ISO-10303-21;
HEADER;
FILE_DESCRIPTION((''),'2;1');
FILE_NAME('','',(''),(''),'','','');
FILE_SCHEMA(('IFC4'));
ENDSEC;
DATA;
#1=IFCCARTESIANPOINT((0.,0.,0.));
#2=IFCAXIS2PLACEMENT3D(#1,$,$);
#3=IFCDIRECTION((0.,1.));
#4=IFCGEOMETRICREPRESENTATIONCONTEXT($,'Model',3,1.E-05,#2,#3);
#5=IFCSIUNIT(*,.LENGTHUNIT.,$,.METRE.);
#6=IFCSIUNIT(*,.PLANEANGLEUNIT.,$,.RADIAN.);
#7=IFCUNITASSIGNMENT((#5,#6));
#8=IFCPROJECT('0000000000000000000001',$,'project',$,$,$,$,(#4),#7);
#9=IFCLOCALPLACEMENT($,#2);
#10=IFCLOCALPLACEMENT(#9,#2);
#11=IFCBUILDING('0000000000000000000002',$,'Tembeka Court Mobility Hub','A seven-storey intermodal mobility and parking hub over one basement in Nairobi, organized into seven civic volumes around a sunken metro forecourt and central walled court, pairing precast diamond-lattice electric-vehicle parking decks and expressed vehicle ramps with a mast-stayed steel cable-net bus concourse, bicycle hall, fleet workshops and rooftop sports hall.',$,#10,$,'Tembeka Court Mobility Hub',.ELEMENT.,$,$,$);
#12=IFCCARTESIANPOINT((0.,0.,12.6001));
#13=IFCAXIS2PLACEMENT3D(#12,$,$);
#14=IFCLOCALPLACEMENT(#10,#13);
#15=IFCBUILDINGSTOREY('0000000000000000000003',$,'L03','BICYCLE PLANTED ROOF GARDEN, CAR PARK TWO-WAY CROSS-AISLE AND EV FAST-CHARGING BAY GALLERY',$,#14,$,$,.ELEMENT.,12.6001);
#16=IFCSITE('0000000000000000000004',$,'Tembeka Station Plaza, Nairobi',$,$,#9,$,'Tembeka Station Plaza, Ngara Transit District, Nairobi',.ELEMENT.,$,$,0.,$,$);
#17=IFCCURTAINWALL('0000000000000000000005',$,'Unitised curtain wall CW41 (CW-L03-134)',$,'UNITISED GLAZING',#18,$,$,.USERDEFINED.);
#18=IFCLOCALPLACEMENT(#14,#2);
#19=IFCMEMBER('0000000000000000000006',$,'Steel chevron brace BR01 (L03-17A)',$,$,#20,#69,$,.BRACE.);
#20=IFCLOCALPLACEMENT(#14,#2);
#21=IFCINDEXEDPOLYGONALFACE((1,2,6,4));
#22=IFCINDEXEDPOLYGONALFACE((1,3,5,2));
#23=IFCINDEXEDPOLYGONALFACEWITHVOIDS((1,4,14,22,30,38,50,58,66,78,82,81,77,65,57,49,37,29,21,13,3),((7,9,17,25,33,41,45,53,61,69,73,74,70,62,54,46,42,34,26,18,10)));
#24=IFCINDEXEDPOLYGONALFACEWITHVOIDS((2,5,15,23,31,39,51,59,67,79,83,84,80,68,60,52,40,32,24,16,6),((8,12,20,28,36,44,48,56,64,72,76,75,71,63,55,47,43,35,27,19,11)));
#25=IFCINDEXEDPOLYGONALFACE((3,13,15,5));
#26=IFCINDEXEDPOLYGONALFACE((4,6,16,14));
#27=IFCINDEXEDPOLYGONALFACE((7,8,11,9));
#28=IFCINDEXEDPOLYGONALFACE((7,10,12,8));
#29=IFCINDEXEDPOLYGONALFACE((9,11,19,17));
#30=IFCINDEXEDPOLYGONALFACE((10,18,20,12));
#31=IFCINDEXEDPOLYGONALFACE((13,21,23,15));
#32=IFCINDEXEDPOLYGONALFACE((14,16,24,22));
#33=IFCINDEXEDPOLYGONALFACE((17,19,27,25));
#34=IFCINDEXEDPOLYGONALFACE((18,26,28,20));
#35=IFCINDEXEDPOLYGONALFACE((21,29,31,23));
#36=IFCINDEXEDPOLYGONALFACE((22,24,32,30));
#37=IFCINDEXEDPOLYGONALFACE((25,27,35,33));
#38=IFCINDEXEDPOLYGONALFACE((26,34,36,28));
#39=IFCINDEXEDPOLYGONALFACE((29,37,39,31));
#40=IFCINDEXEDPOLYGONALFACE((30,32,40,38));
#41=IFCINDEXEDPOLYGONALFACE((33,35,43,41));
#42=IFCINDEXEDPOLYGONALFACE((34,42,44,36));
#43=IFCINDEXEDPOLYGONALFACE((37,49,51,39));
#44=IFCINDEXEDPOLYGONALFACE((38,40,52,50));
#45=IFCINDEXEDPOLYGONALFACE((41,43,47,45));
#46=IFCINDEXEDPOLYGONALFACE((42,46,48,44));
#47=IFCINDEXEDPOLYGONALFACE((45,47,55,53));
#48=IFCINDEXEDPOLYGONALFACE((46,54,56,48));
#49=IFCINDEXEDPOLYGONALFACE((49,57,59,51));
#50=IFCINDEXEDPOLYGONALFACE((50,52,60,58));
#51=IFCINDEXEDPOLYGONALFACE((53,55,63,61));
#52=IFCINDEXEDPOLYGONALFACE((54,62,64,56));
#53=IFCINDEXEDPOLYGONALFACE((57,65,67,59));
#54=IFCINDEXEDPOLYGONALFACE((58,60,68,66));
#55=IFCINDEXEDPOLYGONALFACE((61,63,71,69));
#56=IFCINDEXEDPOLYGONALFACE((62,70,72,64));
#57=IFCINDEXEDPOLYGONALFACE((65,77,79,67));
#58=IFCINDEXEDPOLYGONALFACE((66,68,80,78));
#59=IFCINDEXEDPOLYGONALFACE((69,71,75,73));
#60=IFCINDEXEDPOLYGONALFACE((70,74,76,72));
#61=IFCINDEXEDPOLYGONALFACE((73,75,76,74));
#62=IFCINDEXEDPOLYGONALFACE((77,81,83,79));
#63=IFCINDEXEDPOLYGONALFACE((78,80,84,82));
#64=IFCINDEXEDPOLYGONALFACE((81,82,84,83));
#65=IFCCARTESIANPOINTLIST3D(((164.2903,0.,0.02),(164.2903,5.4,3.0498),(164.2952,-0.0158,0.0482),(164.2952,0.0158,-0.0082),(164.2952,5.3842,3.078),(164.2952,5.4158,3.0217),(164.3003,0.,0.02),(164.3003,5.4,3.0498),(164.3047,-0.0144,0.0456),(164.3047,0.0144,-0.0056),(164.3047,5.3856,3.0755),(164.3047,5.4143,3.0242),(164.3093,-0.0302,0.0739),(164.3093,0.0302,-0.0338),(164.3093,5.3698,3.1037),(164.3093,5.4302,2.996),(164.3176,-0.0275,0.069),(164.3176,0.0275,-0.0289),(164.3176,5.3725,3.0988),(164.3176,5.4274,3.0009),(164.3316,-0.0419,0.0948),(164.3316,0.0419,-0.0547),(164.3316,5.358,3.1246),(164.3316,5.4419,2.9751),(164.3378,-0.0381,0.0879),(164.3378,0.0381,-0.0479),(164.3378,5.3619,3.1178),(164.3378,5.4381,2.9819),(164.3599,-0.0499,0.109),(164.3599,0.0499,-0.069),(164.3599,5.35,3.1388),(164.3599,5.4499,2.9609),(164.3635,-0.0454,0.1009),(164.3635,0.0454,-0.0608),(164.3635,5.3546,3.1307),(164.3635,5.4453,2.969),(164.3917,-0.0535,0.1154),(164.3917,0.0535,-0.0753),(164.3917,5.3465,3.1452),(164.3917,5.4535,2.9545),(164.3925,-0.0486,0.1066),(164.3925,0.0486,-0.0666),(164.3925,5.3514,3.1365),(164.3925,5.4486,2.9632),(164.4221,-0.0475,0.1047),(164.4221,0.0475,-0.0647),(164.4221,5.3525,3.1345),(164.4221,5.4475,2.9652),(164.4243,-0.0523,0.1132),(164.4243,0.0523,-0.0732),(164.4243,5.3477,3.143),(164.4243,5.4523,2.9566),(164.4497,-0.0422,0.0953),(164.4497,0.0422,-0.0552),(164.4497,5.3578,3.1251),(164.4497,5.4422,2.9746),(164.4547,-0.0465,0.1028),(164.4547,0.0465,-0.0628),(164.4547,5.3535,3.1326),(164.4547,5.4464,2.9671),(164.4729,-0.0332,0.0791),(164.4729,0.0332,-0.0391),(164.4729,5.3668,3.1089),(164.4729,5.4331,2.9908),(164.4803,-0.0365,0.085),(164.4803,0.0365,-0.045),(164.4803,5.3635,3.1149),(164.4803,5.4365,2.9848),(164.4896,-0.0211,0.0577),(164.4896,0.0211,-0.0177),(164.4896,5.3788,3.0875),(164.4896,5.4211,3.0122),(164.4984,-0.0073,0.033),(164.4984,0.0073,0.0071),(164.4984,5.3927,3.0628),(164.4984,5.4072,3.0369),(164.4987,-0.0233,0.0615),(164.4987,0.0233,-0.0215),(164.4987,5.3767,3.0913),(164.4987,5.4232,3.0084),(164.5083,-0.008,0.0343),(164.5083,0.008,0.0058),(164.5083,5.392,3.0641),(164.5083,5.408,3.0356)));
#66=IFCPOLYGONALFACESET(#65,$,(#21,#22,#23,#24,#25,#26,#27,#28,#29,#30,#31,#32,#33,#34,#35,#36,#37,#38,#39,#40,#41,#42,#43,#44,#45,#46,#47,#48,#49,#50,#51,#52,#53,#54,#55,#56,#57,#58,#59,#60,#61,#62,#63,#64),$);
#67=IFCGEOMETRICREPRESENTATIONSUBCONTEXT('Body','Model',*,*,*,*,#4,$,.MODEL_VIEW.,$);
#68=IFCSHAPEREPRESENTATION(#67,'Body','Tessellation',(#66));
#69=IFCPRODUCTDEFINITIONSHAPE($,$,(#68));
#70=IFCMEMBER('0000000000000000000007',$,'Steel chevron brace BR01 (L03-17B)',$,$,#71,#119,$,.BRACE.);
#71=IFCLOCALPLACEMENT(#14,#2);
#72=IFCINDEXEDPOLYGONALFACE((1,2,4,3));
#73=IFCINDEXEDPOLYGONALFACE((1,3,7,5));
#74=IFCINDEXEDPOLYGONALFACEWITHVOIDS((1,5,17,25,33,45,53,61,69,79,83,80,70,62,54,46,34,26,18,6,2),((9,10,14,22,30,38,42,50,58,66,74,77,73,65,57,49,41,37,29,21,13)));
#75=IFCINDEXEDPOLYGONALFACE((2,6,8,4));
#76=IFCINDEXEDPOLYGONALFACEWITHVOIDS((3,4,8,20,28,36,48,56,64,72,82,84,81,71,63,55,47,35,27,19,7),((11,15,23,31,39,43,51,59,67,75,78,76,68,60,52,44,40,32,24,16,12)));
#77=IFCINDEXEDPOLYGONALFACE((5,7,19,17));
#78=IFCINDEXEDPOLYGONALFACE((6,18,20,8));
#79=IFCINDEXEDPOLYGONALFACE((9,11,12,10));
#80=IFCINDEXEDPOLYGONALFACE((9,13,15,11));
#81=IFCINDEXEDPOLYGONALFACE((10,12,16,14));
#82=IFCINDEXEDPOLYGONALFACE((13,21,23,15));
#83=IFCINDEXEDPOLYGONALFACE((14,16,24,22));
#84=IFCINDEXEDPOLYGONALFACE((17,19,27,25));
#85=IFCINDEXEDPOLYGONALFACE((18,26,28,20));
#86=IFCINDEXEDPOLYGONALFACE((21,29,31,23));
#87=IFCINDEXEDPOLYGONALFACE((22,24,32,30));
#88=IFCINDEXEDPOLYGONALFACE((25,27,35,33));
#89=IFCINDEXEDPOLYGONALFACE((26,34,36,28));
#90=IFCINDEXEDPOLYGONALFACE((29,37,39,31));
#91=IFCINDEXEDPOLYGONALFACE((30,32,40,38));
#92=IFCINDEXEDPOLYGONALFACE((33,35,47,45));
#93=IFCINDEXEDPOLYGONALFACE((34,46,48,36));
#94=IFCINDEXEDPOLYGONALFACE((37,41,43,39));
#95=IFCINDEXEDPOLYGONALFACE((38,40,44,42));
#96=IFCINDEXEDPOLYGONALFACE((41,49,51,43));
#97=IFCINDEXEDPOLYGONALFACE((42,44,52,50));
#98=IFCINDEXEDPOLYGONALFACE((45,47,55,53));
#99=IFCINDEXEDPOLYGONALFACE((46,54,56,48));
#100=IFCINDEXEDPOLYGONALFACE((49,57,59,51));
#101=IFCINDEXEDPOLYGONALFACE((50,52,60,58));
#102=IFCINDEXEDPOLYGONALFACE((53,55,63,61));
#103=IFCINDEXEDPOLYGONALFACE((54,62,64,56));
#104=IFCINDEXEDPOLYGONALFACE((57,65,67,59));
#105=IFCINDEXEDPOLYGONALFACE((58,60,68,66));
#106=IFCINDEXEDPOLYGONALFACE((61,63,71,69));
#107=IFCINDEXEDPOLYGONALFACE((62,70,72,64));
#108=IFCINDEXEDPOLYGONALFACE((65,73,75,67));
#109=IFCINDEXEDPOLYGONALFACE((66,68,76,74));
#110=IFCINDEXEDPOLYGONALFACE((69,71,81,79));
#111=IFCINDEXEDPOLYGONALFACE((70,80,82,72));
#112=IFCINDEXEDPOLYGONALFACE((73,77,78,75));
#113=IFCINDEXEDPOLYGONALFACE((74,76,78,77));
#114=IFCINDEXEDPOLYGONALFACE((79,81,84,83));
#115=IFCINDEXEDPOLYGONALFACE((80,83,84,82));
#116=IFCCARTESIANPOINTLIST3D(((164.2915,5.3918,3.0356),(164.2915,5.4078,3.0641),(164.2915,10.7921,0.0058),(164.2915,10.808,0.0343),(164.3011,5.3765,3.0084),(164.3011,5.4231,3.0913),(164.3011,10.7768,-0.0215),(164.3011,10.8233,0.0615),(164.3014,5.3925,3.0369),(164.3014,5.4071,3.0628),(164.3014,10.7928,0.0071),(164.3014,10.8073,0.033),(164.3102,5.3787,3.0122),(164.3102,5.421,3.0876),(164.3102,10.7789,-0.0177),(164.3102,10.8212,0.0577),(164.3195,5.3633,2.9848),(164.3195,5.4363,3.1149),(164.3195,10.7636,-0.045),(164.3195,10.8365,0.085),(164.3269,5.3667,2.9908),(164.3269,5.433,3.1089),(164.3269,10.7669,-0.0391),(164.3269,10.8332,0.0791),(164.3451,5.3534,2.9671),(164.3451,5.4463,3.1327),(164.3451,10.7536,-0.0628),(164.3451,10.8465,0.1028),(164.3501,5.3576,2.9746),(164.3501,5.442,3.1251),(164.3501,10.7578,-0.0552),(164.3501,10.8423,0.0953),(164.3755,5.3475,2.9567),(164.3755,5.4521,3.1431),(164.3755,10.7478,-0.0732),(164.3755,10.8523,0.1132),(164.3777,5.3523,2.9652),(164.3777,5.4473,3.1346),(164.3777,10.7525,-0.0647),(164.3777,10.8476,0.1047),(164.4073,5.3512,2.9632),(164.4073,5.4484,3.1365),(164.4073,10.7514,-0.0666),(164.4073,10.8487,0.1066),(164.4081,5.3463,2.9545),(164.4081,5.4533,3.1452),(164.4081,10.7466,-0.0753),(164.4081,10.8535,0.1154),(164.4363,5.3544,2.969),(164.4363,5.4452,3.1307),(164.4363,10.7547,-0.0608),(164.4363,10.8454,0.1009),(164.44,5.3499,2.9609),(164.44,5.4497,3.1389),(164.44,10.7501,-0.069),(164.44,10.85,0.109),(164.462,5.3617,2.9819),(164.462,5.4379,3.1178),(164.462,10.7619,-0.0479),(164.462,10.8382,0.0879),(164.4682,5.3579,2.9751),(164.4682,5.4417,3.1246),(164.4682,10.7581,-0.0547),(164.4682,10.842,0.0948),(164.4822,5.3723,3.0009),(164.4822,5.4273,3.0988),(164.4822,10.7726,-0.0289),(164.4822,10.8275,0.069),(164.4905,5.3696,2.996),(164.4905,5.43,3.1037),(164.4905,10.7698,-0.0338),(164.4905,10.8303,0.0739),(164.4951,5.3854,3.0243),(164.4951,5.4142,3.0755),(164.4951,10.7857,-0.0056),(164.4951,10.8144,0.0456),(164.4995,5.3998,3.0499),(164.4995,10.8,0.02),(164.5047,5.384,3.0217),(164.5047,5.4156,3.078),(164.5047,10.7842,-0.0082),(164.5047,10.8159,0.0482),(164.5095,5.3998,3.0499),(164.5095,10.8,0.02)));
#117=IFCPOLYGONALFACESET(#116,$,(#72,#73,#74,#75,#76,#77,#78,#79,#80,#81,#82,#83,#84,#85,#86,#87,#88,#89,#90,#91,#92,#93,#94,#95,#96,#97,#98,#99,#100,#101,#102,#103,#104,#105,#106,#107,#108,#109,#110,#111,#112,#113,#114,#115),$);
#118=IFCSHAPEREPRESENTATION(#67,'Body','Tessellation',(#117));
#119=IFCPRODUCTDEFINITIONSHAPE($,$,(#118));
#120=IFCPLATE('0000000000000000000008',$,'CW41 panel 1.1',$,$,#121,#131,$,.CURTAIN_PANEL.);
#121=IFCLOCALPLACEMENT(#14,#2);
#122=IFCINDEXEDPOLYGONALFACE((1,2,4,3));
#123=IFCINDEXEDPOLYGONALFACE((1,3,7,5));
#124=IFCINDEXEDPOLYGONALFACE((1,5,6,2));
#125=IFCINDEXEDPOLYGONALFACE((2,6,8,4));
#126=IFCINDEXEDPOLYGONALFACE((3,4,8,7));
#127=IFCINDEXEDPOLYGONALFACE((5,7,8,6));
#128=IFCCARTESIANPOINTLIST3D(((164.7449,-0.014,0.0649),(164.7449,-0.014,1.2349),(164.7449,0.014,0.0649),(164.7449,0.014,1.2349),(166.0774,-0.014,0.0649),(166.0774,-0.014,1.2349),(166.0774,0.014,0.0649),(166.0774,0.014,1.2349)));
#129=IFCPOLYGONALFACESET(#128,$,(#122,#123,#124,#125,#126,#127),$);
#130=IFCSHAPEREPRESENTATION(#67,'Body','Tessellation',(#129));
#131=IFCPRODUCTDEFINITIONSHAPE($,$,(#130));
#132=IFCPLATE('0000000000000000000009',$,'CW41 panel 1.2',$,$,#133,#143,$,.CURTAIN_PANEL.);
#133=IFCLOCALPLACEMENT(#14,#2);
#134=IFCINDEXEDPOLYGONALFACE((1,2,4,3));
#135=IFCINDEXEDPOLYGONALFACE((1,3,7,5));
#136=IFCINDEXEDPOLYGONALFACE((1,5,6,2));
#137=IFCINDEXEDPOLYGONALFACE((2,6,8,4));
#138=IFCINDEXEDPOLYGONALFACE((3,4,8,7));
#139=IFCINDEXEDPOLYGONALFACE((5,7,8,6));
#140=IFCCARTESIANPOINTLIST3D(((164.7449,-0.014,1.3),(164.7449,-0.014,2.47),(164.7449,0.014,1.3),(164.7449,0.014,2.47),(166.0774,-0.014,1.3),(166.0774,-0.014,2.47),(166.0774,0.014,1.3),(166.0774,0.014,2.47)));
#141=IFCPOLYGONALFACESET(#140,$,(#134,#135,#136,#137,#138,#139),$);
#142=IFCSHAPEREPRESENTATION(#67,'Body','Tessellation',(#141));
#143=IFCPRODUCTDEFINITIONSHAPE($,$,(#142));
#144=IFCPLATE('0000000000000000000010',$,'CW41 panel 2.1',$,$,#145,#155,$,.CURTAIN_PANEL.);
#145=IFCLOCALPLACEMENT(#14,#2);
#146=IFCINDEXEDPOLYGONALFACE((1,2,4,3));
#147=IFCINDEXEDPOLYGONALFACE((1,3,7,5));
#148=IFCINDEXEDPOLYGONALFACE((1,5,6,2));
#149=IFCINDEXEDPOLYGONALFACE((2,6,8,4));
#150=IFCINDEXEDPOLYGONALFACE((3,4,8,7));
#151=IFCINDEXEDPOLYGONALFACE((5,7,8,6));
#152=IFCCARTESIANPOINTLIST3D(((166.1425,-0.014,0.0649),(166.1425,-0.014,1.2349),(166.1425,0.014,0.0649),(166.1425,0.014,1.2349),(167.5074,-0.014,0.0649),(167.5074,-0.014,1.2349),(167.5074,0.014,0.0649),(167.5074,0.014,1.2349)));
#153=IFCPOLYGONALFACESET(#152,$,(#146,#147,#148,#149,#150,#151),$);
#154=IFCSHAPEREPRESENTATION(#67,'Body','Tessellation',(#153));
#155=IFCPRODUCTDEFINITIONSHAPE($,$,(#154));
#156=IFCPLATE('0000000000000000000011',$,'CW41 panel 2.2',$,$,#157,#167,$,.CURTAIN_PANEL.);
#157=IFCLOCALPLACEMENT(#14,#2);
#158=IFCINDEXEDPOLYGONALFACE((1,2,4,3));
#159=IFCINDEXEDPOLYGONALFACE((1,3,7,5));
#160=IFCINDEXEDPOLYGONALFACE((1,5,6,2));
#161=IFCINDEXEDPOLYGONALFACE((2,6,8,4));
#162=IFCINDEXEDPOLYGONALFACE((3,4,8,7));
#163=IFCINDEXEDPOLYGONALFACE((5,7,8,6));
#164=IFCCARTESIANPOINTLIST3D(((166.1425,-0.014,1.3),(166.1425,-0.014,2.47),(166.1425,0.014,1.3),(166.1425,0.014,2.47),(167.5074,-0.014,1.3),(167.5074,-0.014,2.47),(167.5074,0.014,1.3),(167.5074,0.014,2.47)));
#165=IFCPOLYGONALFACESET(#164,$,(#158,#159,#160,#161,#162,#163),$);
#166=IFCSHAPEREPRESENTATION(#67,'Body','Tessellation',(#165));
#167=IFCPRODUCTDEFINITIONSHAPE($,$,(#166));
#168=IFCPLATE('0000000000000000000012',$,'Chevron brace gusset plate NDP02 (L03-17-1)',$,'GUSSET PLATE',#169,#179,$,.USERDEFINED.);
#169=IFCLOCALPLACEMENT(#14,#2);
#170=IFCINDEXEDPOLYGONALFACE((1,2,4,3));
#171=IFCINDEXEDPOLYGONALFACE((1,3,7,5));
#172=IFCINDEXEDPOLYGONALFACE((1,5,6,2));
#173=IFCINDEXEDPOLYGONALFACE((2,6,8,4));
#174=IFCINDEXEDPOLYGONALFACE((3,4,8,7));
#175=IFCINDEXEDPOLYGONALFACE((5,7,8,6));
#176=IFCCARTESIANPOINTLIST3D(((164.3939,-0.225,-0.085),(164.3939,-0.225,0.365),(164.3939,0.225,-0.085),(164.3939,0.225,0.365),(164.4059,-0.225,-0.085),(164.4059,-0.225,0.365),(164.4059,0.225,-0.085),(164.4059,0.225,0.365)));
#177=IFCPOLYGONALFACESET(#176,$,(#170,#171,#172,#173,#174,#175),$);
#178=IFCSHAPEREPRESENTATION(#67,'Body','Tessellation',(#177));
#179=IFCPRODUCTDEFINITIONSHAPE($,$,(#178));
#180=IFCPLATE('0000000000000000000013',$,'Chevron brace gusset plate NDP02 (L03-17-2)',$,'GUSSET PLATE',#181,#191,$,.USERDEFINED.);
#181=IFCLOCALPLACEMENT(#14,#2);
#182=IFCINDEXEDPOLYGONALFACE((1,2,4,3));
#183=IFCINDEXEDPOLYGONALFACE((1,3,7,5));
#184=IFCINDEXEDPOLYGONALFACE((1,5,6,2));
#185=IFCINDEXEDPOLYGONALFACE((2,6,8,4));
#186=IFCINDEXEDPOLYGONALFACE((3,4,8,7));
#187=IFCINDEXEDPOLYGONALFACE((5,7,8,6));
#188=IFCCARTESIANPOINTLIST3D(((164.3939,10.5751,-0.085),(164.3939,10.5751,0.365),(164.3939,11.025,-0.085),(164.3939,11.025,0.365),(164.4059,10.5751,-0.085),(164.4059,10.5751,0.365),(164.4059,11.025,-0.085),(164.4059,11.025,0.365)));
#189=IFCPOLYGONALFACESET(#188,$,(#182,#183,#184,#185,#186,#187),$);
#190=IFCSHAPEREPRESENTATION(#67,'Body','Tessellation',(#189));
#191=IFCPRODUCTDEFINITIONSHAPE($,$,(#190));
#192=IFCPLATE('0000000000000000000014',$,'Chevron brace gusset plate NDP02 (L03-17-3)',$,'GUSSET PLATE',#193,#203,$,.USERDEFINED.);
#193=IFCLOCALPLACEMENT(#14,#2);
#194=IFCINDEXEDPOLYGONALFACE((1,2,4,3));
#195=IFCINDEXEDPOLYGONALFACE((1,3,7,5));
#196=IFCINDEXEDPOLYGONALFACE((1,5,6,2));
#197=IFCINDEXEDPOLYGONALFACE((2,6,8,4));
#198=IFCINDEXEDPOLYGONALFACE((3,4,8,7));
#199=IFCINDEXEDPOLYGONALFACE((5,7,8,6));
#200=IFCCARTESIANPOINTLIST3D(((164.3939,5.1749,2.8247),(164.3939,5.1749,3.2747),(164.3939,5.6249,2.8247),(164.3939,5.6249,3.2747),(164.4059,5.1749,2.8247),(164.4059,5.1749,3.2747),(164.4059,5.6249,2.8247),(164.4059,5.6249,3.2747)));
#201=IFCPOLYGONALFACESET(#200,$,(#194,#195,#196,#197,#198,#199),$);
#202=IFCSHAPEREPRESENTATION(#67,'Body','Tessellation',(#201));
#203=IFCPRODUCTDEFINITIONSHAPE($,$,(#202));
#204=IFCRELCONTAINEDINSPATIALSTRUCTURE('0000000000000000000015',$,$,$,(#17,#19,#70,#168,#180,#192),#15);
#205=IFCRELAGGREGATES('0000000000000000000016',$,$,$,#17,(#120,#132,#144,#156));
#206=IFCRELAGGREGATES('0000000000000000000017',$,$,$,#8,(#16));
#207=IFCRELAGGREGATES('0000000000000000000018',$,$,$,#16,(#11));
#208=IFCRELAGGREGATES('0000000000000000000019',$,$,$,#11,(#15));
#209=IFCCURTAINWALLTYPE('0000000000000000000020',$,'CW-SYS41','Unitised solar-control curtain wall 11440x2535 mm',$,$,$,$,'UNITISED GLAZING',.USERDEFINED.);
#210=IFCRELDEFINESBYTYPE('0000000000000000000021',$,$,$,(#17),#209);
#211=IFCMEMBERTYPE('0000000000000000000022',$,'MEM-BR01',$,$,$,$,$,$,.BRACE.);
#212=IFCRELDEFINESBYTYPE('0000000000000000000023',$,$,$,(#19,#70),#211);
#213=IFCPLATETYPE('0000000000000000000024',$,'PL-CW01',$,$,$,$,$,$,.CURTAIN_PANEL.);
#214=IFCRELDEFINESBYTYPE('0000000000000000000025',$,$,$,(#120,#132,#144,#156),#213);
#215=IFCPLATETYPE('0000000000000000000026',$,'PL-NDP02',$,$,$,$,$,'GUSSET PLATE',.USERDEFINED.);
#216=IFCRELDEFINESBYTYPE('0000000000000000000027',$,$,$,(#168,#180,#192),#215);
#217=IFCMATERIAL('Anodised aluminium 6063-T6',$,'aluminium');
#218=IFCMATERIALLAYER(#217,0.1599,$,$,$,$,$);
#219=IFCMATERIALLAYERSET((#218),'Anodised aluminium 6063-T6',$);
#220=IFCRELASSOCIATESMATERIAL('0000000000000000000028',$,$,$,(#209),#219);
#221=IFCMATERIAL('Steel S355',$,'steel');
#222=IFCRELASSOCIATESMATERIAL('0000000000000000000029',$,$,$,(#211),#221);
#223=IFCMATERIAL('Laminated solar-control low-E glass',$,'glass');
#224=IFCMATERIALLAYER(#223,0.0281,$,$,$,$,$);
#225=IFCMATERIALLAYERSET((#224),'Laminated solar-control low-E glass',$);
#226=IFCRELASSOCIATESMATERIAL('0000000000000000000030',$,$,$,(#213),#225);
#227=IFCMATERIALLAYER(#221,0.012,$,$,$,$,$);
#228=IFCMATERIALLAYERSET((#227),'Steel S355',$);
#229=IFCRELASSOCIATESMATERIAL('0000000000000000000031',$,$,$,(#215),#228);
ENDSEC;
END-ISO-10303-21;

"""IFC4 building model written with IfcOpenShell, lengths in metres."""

from ifc_helpers import new_model, si_unit, direction, frame, origin, origin_2d, place, context, subcontext, project, spatial, rectangle, hollow_circle, extrude, material, layer, layer_set, material_profile, profile_set, type_object, element, aggregate, save


model = new_model("IFC4")

# Units and contexts
model_context = context("Model", 3, precision=1e-05, world=origin(), true_north=direction((0.0, 1.0)))
body_context = subcontext(model_context, "Body", "Model", "MODEL_VIEW")
ifc_project = project(units=[si_unit("LENGTHUNIT", "METRE"), si_unit("PLANEANGLEUNIT", "RADIAN")], contexts=[model_context])

# Site, building, storey
site_placement = place(None, origin())
site = spatial("IfcSite", under=ifc_project, at=site_placement, Name="Tembeka Station Plaza, Nairobi", LongName="Tembeka Station Plaza, Ngara Transit District, Nairobi", CompositionType="ELEMENT", RefElevation=0.0)
building_placement = place(site_placement, origin())
building = spatial("IfcBuilding", under=site, at=building_placement, Name="Tembeka Court Mobility Hub", Description="A seven-storey intermodal mobility and parking hub over one basement in Nairobi, organized into seven civic volumes around a sunken metro forecourt and central walled court, pairing precast diamond-lattice electric-vehicle parking decks and expressed vehicle ramps with a mast-stayed steel cable-net bus concourse, bicycle hall, fleet workshops and rooftop sports hall.", LongName="Tembeka Court Mobility Hub", CompositionType="ELEMENT")
storey_placement = place(building_placement, frame((0.0, 0.0, 12.6001)))
storey = spatial("IfcBuildingStorey", under=building, at=storey_placement, Name="L03", Description="BICYCLE PLANTED ROOF GARDEN, CAR PARK TWO-WAY CROSS-AISLE AND EV FAST-CHARGING BAY GALLERY", CompositionType="ELEMENT", Elevation=12.6001)

# Shared definitions
ifc_material_1 = material(Name="Steel S355", Category="steel")

# Curtain wall
ifc_material_2 = material(Name="Anodised aluminium 6063-T6", Category="aluminium")
ifc_layer_1 = layer(ifc_material_2, 0.1599)
ifc_layer_set_1 = layer_set([ifc_layer_1], Name="Anodised aluminium 6063-T6")
curtain_wall_type = type_object("IfcCurtainWallType", Name="CW-SYS41", Description="Unitised solar-control curtain wall 11440x2535 mm", ElementType="UNITISED GLAZING", PredefinedType="USERDEFINED", material=ifc_layer_set_1)
curtain_wall_placement = place(storey_placement, origin())
curtain_wall = element("IfcCurtainWall", 1, at=curtain_wall_placement, inside=storey, type_object=curtain_wall_type, Name="Unitised curtain wall CW41 (CW-L03-134)", ObjectType="UNITISED GLAZING", PredefinedType="USERDEFINED")

# Members
ifc_material_profile_1 = material_profile(ifc_material_1, hollow_circle(Radius=0.1096, WallThickness=0.01, at=origin_2d()), Name="CHS 219.1x10")
ifc_profile_set_1 = profile_set([ifc_material_profile_1], Name="Steel S355")
member_type_1 = type_object("IfcMemberType", Name="MEM-BR01", PredefinedType="BRACE", material=ifc_profile_set_1)
member_1_placement = place(storey_placement, frame((164.3999, 0.0, 0.02), z_axis=(0.0, 0.872104, 0.489321), x_axis=(-1.0, 0.0, 0.0)))
element("IfcMember", 2, at=member_1_placement, inside=storey, type_object=member_type_1, Name="Steel chevron brace BR01 (L03-17A)", PredefinedType="BRACE", context=body_context, shape_type="SweptSolid", body=[
    extrude(hollow_circle(Radius=0.1096, WallThickness=0.01, at=origin_2d()), origin(), (0.0, 0.0, 1.0), 6.1919),
])
member_2_placement = place(storey_placement, frame((164.3999, 10.8, 0.02), z_axis=(0.0, -0.872113, 0.489304), x_axis=(1.0, 0.0, 0.0)))
element("IfcMember", 3, at=member_2_placement, inside=storey, type_object=member_type_1, Name="Steel chevron brace BR01 (L03-17B)", PredefinedType="BRACE", context=body_context, shape_type="SweptSolid", body=[
    extrude(hollow_circle(Radius=0.1096, WallThickness=0.01, at=origin_2d()), origin(), (0.0, 0.0, 1.0), 6.1921),
])

# Plates
ifc_material_3 = material(Name="Laminated solar-control low-E glass", Category="glass")
ifc_layer_2 = layer(ifc_material_3, 0.0281)
ifc_layer_set_2 = layer_set([ifc_layer_2], Name="Laminated solar-control low-E glass")
plate_type_1 = type_object("IfcPlateType", Name="PL-CW01", PredefinedType="CURTAIN_PANEL", material=ifc_layer_set_2)
plate_1_placement = place(storey_placement, frame((165.4111, 0.0, 0.0649), z_axis=(0.0, 0.0, 1.0), x_axis=(1.0, 0.0, 0.0)))
plate_1 = element("IfcPlate", 4, at=plate_1_placement, type_object=plate_type_1, Name="CW41 panel 1.1", PredefinedType="CURTAIN_PANEL", context=body_context, shape_type="SweptSolid", body=[
    extrude(rectangle(XDim=1.3325, YDim=0.0281, at=origin_2d()), origin(), (0.0, 0.0, 1.0), 1.1699),
])
plate_2_placement = place(storey_placement, frame((165.4111, 0.0, 1.3), z_axis=(0.0, 0.0, 1.0), x_axis=(1.0, 0.0, 0.0)))
plate_2 = element("IfcPlate", 5, at=plate_2_placement, type_object=plate_type_1, Name="CW41 panel 1.2", PredefinedType="CURTAIN_PANEL", context=body_context, shape_type="SweptSolid", body=[
    extrude(rectangle(XDim=1.3325, YDim=0.0281, at=origin_2d()), origin(), (0.0, 0.0, 1.0), 1.1699),
])
plate_3_placement = place(storey_placement, frame((166.825, 0.0, 0.0649), z_axis=(0.0, 0.0, 1.0), x_axis=(1.0, 0.0, 0.0)))
plate_3 = element("IfcPlate", 6, at=plate_3_placement, type_object=plate_type_1, Name="CW41 panel 2.1", PredefinedType="CURTAIN_PANEL", context=body_context, shape_type="SweptSolid", body=[
    extrude(rectangle(XDim=1.365, YDim=0.0281, at=origin_2d()), origin(), (0.0, 0.0, 1.0), 1.1699),
])
plate_4_placement = place(storey_placement, frame((166.825, 0.0, 1.3), z_axis=(0.0, 0.0, 1.0), x_axis=(1.0, 0.0, 0.0)))
plate_4 = element("IfcPlate", 7, at=plate_4_placement, type_object=plate_type_1, Name="CW41 panel 2.2", PredefinedType="CURTAIN_PANEL", context=body_context, shape_type="SweptSolid", body=[
    extrude(rectangle(XDim=1.365, YDim=0.0281, at=origin_2d()), origin(), (0.0, 0.0, 1.0), 1.1699),
])
aggregate(curtain_wall, [plate_1, plate_2, plate_3, plate_4])

# Plates
ifc_layer_3 = layer(ifc_material_1, 0.012)
ifc_layer_set_3 = layer_set([ifc_layer_3], Name="Steel S355")
plate_type_2 = type_object("IfcPlateType", Name="PL-NDP02", ElementType="GUSSET PLATE", PredefinedType="USERDEFINED", material=ifc_layer_set_3)
for number, where, z_axis, x_axis, name in (
    (8, (164.3999, 0.0, -0.085), (0.0, 0.0, 1.0), (1.0, 0.0, 0.0), "Chevron brace gusset plate NDP02 (L03-17-1)"),
    (9, (164.3999, 10.8, -0.085), (0.0, 0.0, 1.0), (1.0, 0.0, 0.0), "Chevron brace gusset plate NDP02 (L03-17-2)"),
    (10, (164.3999, 5.3999, 2.8247), (0.0, 0.0, 1.0), (1.0, 0.0, 0.0), "Chevron brace gusset plate NDP02 (L03-17-3)"),
):
    element("IfcPlate", number, at=place(storey_placement, frame(where, z_axis=z_axis, x_axis=x_axis)), inside=storey, type_object=plate_type_2, Name=name, ObjectType="GUSSET PLATE", PredefinedType="USERDEFINED", context=body_context, shape_type="SweptSolid", body=[
        extrude(rectangle(XDim=0.012, YDim=0.45, at=origin_2d()), origin(), (0.0, 0.0, 1.0), 0.45),
    ])

save(model, "model.ifc")
